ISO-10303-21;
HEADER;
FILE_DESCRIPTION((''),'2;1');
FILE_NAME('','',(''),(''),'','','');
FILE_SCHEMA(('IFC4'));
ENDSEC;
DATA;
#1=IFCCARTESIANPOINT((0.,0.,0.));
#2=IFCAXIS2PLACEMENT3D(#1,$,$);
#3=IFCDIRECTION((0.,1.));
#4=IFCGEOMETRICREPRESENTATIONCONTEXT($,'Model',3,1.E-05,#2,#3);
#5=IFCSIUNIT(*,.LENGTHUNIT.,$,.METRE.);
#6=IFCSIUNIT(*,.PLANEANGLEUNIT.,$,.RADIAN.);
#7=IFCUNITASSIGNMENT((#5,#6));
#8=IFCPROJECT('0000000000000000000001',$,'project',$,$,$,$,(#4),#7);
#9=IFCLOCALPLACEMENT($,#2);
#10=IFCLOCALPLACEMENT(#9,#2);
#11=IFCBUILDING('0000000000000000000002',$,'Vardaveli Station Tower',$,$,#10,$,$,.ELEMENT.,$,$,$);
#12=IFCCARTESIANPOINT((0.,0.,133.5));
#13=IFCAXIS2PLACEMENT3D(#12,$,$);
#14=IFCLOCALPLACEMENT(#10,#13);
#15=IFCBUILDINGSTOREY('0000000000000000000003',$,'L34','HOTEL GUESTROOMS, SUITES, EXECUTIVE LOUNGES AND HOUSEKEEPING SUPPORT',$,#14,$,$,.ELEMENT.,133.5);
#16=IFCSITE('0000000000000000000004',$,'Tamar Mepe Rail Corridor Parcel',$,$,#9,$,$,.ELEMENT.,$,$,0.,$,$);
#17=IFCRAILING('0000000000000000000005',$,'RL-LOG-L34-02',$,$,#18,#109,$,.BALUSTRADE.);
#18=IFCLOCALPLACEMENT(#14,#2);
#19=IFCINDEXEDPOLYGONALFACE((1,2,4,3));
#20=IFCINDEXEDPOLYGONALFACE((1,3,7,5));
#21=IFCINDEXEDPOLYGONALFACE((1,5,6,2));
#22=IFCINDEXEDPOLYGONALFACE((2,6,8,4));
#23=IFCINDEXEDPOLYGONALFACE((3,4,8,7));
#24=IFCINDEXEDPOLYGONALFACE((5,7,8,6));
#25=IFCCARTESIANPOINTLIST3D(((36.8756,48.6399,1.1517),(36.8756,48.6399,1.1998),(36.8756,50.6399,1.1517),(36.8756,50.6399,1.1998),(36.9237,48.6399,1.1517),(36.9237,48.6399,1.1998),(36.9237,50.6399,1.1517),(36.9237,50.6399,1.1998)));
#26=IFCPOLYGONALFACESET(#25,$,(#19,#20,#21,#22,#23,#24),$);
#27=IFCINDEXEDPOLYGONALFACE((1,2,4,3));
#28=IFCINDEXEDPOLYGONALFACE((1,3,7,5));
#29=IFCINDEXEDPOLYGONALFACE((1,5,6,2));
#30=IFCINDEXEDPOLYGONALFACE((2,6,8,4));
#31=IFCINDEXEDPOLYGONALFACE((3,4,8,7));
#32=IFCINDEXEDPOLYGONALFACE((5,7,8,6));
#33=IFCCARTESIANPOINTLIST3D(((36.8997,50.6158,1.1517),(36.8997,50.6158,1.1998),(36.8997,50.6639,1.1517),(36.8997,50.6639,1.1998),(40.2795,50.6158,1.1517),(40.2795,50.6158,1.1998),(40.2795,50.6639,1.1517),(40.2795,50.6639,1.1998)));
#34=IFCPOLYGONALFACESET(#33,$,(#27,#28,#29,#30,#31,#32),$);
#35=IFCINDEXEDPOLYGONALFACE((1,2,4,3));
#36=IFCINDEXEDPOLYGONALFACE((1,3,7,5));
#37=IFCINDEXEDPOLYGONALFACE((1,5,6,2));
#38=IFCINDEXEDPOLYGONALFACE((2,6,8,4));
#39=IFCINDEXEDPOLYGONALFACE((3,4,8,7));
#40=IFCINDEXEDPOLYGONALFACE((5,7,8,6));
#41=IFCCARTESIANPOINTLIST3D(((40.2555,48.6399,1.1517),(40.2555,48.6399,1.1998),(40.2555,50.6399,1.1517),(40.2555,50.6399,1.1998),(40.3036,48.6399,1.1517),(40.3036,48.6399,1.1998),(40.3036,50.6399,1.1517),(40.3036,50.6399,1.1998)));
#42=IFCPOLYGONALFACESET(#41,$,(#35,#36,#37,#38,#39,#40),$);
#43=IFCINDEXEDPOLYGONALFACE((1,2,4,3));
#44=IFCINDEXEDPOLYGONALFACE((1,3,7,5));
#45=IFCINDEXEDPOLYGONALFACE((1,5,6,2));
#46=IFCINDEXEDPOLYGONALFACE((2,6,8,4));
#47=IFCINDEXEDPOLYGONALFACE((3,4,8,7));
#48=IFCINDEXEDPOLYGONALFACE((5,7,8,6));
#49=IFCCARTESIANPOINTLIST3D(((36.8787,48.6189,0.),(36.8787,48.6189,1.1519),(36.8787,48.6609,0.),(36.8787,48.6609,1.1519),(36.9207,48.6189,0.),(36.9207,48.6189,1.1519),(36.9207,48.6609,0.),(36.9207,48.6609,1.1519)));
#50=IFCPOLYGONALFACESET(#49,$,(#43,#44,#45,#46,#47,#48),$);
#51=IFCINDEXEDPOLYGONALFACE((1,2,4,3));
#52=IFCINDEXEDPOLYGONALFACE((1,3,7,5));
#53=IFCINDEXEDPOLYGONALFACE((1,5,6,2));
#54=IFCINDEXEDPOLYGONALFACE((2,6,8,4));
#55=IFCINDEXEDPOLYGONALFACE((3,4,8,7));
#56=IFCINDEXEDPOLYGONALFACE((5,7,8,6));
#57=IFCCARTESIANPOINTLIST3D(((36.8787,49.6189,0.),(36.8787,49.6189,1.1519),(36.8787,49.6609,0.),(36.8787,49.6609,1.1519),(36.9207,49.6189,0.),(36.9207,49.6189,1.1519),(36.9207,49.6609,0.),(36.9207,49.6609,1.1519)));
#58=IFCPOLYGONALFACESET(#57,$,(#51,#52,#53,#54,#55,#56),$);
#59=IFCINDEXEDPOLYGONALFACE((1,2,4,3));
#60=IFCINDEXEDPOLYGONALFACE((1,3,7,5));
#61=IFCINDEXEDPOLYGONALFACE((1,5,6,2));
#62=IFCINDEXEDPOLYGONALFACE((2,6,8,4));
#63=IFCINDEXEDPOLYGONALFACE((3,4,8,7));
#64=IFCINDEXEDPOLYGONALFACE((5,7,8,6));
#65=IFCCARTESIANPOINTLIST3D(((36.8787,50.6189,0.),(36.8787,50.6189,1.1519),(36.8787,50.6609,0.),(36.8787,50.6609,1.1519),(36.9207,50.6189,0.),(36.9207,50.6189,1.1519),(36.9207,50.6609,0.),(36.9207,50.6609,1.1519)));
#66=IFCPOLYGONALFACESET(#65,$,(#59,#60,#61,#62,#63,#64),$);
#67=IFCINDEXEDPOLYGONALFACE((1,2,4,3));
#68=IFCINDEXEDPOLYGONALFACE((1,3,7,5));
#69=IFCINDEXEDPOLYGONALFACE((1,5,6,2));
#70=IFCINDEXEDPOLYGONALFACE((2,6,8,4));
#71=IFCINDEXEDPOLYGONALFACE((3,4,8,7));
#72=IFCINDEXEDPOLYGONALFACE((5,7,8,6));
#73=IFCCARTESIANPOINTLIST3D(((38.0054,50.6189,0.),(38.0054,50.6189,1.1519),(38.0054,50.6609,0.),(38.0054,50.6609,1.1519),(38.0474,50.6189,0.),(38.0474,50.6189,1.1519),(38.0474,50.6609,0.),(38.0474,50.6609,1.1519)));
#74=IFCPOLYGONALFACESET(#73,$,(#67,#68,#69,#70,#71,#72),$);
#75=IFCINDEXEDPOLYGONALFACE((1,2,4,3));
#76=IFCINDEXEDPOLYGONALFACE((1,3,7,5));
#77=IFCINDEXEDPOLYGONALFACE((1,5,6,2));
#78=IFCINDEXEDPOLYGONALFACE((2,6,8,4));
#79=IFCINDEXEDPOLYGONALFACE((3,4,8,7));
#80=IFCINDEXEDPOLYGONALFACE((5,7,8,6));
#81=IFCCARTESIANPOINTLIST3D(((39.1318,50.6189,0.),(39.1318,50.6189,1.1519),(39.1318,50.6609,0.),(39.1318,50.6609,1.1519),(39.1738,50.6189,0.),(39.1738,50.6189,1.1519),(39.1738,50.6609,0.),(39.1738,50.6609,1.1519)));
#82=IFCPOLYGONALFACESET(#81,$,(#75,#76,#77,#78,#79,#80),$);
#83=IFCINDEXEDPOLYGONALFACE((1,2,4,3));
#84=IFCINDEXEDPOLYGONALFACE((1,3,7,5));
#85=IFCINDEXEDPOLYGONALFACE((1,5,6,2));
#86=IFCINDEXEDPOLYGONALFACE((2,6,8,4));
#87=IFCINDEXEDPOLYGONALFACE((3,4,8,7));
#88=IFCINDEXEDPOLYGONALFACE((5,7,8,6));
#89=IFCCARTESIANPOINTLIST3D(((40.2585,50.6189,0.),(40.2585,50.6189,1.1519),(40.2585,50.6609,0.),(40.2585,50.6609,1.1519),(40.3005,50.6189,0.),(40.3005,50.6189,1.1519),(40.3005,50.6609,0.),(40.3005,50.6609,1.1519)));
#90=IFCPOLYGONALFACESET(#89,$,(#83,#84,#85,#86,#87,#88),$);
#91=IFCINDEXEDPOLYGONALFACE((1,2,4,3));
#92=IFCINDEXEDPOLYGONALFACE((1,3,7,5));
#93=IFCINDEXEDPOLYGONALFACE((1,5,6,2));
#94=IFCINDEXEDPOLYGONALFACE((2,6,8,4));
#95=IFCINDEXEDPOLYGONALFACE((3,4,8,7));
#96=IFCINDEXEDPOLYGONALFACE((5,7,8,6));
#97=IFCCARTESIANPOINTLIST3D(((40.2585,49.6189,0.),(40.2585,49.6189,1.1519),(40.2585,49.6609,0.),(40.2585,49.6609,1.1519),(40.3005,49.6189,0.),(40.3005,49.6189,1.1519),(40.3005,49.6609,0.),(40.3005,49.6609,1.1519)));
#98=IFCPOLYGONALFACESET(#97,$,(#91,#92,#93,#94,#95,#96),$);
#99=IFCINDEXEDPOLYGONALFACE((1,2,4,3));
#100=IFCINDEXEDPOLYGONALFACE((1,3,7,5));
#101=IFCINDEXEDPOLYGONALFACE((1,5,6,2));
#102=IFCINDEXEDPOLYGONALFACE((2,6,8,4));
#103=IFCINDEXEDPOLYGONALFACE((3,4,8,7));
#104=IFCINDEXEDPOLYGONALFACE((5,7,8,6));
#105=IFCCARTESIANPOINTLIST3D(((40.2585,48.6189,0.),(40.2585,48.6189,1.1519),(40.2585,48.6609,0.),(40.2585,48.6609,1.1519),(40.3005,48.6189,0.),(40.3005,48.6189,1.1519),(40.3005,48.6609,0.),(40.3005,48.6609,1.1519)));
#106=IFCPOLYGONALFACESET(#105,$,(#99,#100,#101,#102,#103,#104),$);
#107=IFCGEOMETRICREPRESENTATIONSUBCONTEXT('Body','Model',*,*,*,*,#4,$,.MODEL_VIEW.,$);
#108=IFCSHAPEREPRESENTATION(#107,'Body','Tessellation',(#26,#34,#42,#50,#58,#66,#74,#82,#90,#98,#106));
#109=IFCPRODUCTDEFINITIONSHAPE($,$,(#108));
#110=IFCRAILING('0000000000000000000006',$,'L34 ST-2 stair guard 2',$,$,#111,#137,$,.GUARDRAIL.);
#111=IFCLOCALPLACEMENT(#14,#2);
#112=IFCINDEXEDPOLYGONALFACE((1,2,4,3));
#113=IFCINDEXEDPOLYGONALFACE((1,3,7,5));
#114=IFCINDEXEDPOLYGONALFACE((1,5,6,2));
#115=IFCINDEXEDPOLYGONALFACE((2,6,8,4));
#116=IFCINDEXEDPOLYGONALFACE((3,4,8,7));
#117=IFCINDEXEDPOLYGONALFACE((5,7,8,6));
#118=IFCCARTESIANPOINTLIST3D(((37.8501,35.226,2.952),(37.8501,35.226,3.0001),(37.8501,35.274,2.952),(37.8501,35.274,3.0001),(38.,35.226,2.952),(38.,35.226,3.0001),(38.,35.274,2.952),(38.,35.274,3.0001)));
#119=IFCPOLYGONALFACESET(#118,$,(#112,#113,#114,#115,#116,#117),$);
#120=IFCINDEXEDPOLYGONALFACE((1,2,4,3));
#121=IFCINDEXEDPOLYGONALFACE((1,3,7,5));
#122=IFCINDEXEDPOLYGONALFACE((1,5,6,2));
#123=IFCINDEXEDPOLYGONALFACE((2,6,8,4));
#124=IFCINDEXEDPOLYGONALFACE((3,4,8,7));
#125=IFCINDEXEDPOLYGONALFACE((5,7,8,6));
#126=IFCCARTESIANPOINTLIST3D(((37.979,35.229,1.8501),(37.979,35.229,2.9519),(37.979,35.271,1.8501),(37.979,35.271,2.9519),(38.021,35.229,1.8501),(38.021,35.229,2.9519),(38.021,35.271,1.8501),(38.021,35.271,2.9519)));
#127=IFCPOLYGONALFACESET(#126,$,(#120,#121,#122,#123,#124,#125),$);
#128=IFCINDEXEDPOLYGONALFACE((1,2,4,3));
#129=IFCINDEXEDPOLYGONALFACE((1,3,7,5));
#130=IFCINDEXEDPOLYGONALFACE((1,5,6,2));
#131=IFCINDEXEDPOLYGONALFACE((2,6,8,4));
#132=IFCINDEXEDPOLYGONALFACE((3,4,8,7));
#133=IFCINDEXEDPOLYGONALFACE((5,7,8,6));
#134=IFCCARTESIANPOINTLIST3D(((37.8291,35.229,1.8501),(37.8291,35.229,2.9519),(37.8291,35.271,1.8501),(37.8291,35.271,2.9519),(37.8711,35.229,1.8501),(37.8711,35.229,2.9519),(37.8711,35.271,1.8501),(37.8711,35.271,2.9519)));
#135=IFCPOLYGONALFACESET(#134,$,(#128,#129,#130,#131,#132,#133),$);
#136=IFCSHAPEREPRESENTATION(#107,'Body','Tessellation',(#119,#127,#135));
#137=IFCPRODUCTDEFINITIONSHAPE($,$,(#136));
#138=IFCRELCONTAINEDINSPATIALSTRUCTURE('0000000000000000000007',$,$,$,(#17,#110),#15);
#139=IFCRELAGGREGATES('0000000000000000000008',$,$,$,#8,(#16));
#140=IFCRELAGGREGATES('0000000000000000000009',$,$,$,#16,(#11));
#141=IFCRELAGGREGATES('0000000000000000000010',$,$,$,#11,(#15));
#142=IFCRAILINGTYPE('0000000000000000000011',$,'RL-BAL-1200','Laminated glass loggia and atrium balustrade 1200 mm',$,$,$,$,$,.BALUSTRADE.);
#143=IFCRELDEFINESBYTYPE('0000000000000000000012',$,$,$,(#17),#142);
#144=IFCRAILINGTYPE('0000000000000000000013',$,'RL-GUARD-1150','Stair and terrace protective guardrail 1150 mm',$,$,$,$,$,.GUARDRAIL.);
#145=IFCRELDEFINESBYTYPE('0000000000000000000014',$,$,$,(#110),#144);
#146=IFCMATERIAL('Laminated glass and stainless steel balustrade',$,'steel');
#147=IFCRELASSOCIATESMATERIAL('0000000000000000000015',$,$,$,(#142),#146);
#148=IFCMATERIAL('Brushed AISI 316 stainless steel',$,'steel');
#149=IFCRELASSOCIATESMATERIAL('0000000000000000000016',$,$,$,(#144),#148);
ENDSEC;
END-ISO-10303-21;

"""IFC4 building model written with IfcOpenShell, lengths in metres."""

from ifc_helpers import new_model, si_unit, direction, frame, origin, origin_2d, place, context, subcontext, project, spatial, rectangle, extrude, source, transform, mapped, material, type_object, element, save


model = new_model("IFC4")

# Units and contexts
model_context = context("Model", 3, precision=1e-05, world=origin(), true_north=direction((0.0, 1.0)))
body_context = subcontext(model_context, "Body", "Model", "MODEL_VIEW")
ifc_project = project(units=[si_unit("LENGTHUNIT", "METRE"), si_unit("PLANEANGLEUNIT", "RADIAN")], contexts=[model_context])

# Site, building, storey
site_placement = place(None, origin())
site = spatial("IfcSite", under=ifc_project, at=site_placement, Name="Tamar Mepe Rail Corridor Parcel", CompositionType="ELEMENT", RefElevation=0.0)
building_placement = place(site_placement, origin())
building = spatial("IfcBuilding", under=site, at=building_placement, Name="Vardaveli Station Tower", CompositionType="ELEMENT")
storey_placement = place(building_placement, frame((0.0, 0.0, 133.5)))
storey = spatial("IfcBuildingStorey", under=building, at=storey_placement, Name="L34", Description="HOTEL GUESTROOMS, SUITES, EXECUTIVE LOUNGES AND HOUSEKEEPING SUPPORT", CompositionType="ELEMENT", Elevation=133.5)

# Railings
ifc_material_1 = material(Name="Laminated glass and stainless steel balustrade", Category="steel")
railing_type_1 = type_object("IfcRailingType", Name="RL-BAL-1200", Description="Laminated glass loggia and atrium balustrade 1200 mm", PredefinedType="BALUSTRADE", material=ifc_material_1)
shared_shape_1 = source(origin(), body_context, "Body", "SweptSolid", [
    extrude(rectangle(XDim=0.0481, YDim=0.0481, at=origin_2d()), frame((0.0, 0.0, 1.1758), z_axis=(0.0, 1.0, 0.0), x_axis=(-1.0, 0.0, 0.0)), (0.0, 0.0, 1.0), 2.0),
    extrude(rectangle(XDim=0.0481, YDim=0.0481, at=origin_2d()), frame((0.0, 2.0, 1.1758), z_axis=(1.0, 0.0, 0.0), x_axis=(0.0, 1.0, 0.0)), (0.0, 0.0, 1.0), 3.3799),
    extrude(rectangle(XDim=0.0481, YDim=0.0481, at=origin_2d()), frame((3.3799, 2.0, 1.1758), z_axis=(0.0, -1.0, 0.0), x_axis=(1.0, 0.0, 0.0)), (0.0, 0.0, 1.0), 2.0),
    extrude(rectangle(XDim=0.042, YDim=0.042, at=origin_2d()), origin(), (0.0, 0.0, 1.0), 1.1519),
    extrude(rectangle(XDim=0.042, YDim=0.042, at=origin_2d()), frame((0.0, 1.0, 0.0)), (0.0, 0.0, 1.0), 1.1519),
    extrude(rectangle(XDim=0.042, YDim=0.042, at=origin_2d()), frame((0.0, 2.0, 0.0)), (0.0, 0.0, 1.0), 1.1519),
    extrude(rectangle(XDim=0.042, YDim=0.042, at=origin_2d()), frame((1.1267, 2.0, 0.0)), (0.0, 0.0, 1.0), 1.1519),
    extrude(rectangle(XDim=0.042, YDim=0.042, at=origin_2d()), frame((2.2532, 2.0, 0.0)), (0.0, 0.0, 1.0), 1.1519),
    extrude(rectangle(XDim=0.042, YDim=0.042, at=origin_2d()), frame((3.3799, 2.0, 0.0)), (0.0, 0.0, 1.0), 1.1519),
    extrude(rectangle(XDim=0.042, YDim=0.042, at=origin_2d()), frame((3.3799, 1.0, 0.0)), (0.0, 0.0, 1.0), 1.1519),
    extrude(rectangle(XDim=0.042, YDim=0.042, at=origin_2d()), frame((3.3799, 0.0, 0.0)), (0.0, 0.0, 1.0), 1.1519),
])
railing_1_placement = place(storey_placement, frame((36.8997, 48.6399, 0.0)))
element("IfcRailing", 1, at=railing_1_placement, inside=storey, type_object=railing_type_1, Name="RL-LOG-L34-02", PredefinedType="BALUSTRADE", context=body_context, shape_type="MappedRepresentation", body=[
    mapped(shared_shape_1, transform((0.0, 0.0, 0.0), scale=1.0)),
])
ifc_material_2 = material(Name="Brushed AISI 316 stainless steel", Category="steel")
railing_type_2 = type_object("IfcRailingType", Name="RL-GUARD-1150", Description="Stair and terrace protective guardrail 1150 mm", PredefinedType="GUARDRAIL", material=ifc_material_2)
shared_shape_2 = source(origin(), body_context, "Body", "SweptSolid", [
    extrude(rectangle(XDim=0.0481, YDim=0.0481, at=origin_2d()), frame((0.0, 0.0, 1.126), z_axis=(-1.0, 0.0, 0.0), x_axis=(0.0, -1.0, 0.0)), (0.0, 0.0, 1.0), 0.1499),
    extrude(rectangle(XDim=0.042, YDim=0.042, at=origin_2d()), origin(), (0.0, 0.0, 1.0), 1.1018),
    extrude(rectangle(XDim=0.042, YDim=0.042, at=origin_2d()), frame((-0.1499, 0.0, 0.0)), (0.0, 0.0, 1.0), 1.1018),
])
railing_2_placement = place(storey_placement, frame((38.0, 35.25, 1.8501)))
element("IfcRailing", 2, at=railing_2_placement, inside=storey, type_object=railing_type_2, Name="L34 ST-2 stair guard 2", PredefinedType="GUARDRAIL", context=body_context, shape_type="MappedRepresentation", body=[
    mapped(shared_shape_2, transform((0.0, 0.0, 0.0), scale=1.0)),
])

save(model, "model.ifc")
